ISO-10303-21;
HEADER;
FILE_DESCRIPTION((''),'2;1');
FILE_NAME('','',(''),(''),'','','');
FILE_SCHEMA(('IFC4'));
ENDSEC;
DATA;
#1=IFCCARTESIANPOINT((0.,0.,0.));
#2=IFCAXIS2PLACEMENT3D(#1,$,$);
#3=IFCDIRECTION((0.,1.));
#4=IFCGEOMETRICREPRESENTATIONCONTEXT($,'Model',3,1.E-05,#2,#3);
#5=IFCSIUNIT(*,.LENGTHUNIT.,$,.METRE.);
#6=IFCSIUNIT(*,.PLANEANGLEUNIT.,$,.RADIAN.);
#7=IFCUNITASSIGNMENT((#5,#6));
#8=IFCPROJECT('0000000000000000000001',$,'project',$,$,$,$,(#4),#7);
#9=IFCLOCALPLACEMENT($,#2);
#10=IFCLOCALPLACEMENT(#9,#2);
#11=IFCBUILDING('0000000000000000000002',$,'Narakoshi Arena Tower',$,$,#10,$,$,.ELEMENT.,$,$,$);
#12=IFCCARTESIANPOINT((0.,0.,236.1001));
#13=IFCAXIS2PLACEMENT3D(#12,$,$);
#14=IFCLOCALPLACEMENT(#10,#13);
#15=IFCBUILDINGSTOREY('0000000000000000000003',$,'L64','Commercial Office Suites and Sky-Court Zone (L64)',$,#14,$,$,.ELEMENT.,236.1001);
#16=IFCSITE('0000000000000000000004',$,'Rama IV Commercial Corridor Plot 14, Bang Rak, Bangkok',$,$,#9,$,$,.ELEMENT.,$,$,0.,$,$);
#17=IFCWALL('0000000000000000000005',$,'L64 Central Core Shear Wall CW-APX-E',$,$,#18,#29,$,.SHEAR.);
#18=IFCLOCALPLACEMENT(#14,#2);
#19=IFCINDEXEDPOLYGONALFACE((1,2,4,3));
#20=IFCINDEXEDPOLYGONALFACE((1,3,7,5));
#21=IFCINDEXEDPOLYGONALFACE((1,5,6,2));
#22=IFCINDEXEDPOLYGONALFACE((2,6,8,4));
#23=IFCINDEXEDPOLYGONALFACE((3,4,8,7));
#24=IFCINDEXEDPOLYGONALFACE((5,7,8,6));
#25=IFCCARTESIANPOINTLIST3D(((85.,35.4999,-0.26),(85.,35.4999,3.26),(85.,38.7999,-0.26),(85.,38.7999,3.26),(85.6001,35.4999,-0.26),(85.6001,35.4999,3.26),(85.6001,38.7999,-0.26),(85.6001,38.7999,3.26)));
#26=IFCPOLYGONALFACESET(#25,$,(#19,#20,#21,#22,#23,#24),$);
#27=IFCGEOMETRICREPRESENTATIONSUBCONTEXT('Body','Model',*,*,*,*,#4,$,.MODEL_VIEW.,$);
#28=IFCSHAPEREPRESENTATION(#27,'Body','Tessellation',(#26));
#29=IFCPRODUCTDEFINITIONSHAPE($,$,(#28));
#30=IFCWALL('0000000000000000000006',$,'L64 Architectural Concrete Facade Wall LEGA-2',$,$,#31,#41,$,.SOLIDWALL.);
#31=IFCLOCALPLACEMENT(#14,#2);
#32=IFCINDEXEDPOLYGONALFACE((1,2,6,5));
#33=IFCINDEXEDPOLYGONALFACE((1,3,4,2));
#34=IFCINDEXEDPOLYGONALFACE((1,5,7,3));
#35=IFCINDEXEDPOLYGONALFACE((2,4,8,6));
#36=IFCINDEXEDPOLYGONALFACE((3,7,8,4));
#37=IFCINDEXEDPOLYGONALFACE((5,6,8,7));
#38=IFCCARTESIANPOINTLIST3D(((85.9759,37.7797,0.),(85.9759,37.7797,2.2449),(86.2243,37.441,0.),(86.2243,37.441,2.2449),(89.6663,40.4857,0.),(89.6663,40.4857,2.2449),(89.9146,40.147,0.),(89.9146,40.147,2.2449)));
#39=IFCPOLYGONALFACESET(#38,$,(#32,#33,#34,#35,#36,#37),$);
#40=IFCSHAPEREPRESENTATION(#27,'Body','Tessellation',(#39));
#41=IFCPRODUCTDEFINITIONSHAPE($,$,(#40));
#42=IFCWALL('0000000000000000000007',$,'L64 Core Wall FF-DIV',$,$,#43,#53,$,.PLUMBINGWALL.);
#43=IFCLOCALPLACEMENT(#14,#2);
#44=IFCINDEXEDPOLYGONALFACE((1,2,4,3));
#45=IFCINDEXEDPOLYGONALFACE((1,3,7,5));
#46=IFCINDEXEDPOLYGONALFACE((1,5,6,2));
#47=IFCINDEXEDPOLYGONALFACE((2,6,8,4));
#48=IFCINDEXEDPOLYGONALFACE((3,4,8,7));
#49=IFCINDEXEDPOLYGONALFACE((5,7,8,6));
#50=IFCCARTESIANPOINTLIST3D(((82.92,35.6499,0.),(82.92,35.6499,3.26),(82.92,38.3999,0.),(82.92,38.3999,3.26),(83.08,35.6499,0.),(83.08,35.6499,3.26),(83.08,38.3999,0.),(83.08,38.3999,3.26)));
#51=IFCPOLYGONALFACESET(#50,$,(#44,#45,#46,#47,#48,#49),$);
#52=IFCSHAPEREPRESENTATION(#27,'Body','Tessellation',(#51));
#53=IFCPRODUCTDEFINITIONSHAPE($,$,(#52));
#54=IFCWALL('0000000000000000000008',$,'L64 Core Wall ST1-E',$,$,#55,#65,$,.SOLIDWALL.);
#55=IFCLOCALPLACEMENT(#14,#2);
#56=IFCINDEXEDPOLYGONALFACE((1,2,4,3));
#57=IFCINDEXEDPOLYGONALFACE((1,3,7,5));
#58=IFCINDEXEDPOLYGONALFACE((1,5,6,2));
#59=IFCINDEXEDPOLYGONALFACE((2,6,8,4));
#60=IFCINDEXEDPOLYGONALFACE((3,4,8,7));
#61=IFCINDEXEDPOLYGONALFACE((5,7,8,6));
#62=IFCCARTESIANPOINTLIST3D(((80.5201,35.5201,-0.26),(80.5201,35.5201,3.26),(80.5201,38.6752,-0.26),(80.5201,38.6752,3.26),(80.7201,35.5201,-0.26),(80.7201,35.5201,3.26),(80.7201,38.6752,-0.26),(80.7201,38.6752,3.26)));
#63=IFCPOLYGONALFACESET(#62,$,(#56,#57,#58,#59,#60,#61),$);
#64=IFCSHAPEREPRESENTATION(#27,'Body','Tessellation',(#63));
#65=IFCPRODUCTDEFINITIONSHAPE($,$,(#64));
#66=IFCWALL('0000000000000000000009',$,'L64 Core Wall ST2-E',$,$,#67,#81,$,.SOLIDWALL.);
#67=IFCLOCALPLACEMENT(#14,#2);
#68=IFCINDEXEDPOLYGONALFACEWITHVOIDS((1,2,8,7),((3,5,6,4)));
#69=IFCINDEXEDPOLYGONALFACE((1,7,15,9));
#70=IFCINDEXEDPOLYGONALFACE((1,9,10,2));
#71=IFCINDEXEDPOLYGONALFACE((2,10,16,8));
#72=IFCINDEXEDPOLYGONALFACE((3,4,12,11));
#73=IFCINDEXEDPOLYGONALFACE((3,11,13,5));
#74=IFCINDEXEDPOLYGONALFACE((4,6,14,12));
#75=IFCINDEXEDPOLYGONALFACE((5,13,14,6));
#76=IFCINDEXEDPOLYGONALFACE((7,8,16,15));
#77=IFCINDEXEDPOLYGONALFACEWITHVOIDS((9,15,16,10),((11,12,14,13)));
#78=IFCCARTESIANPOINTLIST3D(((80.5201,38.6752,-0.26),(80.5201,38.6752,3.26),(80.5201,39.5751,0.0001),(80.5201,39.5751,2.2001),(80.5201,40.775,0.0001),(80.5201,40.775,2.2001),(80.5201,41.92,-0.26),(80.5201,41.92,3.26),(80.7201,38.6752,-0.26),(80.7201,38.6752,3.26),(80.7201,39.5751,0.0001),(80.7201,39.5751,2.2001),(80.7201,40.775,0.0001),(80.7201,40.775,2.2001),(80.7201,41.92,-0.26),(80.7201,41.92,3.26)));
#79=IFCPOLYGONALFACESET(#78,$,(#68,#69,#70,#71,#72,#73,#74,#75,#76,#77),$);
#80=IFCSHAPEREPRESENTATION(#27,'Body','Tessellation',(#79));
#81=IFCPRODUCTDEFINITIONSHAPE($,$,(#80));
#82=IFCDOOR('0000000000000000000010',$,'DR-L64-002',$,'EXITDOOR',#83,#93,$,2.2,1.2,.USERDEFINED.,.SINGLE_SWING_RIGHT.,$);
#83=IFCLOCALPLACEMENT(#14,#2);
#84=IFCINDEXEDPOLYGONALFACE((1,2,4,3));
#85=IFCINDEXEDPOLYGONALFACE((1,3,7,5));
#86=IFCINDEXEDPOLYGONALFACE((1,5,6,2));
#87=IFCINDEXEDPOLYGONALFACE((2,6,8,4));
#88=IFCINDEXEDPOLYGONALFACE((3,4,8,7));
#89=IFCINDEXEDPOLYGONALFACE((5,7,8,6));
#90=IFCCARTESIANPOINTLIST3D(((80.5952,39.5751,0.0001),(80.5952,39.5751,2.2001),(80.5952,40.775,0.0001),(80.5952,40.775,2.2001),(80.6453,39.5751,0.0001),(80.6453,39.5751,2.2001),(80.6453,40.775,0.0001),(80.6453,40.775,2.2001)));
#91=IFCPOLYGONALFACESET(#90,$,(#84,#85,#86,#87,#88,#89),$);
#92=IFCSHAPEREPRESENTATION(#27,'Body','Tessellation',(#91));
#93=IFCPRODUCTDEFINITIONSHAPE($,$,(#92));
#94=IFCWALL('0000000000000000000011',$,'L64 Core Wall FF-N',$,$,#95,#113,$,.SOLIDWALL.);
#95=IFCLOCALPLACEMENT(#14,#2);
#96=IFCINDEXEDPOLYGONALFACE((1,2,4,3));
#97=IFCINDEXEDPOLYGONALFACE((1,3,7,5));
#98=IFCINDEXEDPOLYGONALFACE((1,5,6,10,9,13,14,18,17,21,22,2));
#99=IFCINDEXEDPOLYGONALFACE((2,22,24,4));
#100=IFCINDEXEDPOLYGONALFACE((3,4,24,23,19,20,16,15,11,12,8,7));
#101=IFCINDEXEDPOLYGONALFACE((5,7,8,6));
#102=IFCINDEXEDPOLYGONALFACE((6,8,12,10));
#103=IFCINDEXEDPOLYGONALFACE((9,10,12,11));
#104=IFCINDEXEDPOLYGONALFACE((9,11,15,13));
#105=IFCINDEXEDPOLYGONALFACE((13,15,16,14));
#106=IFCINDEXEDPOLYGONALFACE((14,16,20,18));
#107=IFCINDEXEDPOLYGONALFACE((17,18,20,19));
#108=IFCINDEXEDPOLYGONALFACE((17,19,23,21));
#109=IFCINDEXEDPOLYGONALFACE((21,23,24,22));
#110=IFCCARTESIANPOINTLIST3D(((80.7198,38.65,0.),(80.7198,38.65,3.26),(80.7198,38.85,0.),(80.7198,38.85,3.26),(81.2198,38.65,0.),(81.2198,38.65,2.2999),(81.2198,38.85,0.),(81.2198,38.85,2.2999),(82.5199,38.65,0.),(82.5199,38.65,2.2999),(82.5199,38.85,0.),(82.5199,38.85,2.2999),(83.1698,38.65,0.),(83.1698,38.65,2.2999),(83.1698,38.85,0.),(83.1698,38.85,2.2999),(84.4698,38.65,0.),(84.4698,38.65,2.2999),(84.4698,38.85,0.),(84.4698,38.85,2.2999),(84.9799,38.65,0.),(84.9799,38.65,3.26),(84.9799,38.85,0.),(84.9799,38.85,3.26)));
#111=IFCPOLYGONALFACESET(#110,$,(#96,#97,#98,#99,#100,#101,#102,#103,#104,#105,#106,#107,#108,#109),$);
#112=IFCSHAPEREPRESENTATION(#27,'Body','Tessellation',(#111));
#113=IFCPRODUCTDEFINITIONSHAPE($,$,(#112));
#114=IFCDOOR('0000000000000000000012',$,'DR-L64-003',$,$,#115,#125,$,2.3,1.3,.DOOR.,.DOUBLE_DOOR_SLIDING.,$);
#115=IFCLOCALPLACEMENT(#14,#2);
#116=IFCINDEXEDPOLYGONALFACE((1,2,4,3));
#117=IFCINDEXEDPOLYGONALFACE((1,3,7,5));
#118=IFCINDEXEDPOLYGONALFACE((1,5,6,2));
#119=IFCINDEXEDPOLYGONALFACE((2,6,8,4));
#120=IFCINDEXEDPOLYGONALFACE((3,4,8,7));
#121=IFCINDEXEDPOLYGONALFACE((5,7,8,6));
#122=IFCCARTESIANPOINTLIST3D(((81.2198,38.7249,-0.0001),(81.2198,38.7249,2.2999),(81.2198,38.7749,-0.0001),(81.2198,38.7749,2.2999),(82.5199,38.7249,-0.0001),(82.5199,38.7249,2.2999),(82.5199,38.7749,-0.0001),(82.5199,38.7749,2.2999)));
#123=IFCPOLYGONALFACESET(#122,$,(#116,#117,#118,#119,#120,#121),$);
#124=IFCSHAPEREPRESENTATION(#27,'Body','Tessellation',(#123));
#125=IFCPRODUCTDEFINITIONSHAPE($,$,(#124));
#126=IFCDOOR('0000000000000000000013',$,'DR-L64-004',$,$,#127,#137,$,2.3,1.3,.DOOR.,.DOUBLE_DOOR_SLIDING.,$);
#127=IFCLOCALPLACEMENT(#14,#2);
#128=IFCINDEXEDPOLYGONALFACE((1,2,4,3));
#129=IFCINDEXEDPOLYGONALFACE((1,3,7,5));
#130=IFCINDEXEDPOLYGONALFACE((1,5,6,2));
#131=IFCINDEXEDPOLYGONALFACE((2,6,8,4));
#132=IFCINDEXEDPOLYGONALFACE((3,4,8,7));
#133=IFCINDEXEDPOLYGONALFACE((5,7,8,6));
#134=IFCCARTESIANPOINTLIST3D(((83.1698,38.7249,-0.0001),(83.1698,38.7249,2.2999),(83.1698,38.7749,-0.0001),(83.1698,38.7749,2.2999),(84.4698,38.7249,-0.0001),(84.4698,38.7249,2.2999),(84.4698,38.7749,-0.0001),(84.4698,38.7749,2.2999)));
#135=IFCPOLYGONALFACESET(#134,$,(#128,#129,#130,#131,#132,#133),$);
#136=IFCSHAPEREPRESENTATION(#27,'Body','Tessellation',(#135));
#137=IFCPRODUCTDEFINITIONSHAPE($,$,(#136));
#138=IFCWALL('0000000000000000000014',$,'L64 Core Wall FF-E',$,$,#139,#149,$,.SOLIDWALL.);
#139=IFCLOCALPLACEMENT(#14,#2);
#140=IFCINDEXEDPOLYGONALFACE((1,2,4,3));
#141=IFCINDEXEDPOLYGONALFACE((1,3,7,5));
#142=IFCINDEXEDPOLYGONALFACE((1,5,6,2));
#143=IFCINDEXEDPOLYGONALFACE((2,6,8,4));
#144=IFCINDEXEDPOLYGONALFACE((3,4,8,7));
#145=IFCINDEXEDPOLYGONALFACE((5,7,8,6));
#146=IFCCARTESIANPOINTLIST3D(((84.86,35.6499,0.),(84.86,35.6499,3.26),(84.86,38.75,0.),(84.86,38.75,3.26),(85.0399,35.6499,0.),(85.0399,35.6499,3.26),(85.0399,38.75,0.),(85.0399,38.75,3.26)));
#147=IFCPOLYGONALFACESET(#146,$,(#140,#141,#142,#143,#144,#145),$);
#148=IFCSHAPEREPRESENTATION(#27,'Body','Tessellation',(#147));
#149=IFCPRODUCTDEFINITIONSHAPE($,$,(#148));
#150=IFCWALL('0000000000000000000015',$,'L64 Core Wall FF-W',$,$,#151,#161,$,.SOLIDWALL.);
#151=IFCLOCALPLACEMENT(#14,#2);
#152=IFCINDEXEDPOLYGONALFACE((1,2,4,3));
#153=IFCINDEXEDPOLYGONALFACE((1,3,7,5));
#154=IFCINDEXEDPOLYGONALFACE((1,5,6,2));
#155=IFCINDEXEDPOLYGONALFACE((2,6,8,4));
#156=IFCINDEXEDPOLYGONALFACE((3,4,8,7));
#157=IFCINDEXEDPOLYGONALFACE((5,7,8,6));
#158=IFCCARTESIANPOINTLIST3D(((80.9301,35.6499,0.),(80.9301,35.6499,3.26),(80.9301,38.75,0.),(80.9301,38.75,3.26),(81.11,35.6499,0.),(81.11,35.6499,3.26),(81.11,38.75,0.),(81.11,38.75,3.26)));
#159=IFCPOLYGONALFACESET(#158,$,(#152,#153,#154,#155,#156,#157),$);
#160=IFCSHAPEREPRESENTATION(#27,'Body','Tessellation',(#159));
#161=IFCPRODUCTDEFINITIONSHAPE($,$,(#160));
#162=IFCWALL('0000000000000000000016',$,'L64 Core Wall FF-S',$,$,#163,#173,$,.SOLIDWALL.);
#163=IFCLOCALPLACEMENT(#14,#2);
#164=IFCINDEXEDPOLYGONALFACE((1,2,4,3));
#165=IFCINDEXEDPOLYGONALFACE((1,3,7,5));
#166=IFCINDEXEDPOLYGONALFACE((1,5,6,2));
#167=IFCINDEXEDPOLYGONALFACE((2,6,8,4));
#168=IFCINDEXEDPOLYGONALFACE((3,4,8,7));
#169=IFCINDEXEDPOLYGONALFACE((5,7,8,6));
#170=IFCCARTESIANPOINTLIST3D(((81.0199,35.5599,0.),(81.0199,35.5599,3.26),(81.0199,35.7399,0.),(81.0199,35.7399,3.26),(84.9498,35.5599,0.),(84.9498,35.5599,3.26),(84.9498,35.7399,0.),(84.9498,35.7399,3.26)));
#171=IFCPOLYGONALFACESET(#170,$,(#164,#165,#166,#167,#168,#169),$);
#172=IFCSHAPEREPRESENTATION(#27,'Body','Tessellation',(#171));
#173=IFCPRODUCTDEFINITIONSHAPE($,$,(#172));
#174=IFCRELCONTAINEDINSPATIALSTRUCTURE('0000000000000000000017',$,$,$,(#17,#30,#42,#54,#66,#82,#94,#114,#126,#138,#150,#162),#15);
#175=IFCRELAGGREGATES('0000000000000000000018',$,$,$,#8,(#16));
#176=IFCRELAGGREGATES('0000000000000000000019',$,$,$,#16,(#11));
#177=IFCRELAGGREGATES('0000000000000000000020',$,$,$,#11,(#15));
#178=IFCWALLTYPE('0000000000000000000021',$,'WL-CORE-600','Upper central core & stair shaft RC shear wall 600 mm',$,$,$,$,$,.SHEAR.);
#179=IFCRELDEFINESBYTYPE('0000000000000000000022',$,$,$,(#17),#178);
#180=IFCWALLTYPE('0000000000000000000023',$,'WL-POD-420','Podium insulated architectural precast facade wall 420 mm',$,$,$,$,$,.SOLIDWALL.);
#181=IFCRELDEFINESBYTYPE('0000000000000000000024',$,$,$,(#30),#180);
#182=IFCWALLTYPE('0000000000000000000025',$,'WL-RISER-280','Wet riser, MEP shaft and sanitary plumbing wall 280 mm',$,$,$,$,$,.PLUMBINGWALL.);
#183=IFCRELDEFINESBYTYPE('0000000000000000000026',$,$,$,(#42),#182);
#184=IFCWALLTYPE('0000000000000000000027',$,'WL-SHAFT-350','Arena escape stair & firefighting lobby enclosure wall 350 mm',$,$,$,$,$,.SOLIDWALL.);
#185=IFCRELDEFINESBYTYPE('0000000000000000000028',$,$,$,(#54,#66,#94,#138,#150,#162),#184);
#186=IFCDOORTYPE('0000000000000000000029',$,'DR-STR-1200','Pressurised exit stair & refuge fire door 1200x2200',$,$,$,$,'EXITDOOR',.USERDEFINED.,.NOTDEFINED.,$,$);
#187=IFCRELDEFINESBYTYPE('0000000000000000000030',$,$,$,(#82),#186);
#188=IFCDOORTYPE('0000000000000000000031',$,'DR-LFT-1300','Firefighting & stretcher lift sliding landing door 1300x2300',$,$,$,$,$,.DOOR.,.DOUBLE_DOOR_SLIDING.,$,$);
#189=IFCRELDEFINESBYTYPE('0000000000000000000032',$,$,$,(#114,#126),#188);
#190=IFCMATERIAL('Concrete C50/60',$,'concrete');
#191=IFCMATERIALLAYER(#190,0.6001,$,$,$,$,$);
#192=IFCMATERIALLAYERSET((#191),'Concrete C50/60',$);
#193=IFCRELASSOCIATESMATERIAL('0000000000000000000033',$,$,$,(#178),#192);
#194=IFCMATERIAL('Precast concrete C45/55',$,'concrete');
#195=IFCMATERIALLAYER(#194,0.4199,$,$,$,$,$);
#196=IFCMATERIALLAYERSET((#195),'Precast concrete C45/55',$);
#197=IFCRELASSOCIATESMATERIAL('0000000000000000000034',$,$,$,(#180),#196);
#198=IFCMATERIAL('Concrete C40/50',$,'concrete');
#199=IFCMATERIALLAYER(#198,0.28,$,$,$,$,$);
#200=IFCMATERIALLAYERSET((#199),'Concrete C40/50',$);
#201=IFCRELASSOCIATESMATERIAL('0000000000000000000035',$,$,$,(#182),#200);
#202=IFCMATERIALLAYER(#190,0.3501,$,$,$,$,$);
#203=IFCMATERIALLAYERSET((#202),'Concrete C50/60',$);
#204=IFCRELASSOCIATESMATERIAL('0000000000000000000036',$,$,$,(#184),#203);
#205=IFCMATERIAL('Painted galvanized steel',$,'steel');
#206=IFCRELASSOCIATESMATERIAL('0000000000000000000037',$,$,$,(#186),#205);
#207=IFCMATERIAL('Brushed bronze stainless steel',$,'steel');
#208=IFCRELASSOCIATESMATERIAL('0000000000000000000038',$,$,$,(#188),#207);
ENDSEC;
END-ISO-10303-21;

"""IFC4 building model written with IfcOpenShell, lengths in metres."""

from ifc_helpers import new_model, si_unit, direction, frame, frame_2d, origin, place, context, subcontext, project, spatial, rectangle, extrude, material, layer, layer_set, type_object, element, fill, save


model = new_model("IFC4")

# Units and contexts
model_context = context("Model", 3, precision=1e-05, world=origin(), true_north=direction((0.0, 1.0)))
body_context = subcontext(model_context, "Body", "Model", "MODEL_VIEW")
ifc_project = project(units=[si_unit("LENGTHUNIT", "METRE"), si_unit("PLANEANGLEUNIT", "RADIAN")], contexts=[model_context])

# Site, building, storey
site_placement = place(None, origin())
site = spatial("IfcSite", under=ifc_project, at=site_placement, Name="Rama IV Commercial Corridor Plot 14, Bang Rak, Bangkok", CompositionType="ELEMENT", RefElevation=0.0)
building_placement = place(site_placement, origin())
building = spatial("IfcBuilding", under=site, at=building_placement, Name="Narakoshi Arena Tower", CompositionType="ELEMENT")
storey_placement = place(building_placement, frame((0.0, 0.0, 236.1001)))
storey = spatial("IfcBuildingStorey", under=building, at=storey_placement, Name="L64", Description="Commercial Office Suites and Sky-Court Zone (L64)", CompositionType="ELEMENT", Elevation=236.1001)

# Walls
ifc_material_1 = material(Name="Concrete C50/60", Category="concrete")
ifc_layer_1 = layer(ifc_material_1, 0.6001)
ifc_layer_set_1 = layer_set([ifc_layer_1], Name="Concrete C50/60")
wall_type_1 = type_object("IfcWallType", Name="WL-CORE-600", Description="Upper central core & stair shaft RC shear wall 600 mm", PredefinedType="SHEAR", material=ifc_layer_set_1)
wall_1_placement = place(storey_placement, frame((85.3, 35.5, -0.26), z_axis=(0.0, 0.0, 1.0), x_axis=(0.0, 1.0, 0.0)))
element("IfcWall", 1, at=wall_1_placement, inside=storey, type_object=wall_type_1, Name="L64 Central Core Shear Wall CW-APX-E", PredefinedType="SHEAR", context=body_context, shape_type="SweptSolid", body=[
    extrude(rectangle(XDim=3.3, YDim=0.6001, at=frame_2d((1.6499, 0.0))), origin(), (0.0, 0.0, 1.0), 3.52),
])
ifc_material_2 = material(Name="Precast concrete C45/55", Category="concrete")
ifc_layer_2 = layer(ifc_material_2, 0.4199)
ifc_layer_set_2 = layer_set([ifc_layer_2], Name="Precast concrete C45/55")
wall_type_2 = type_object("IfcWallType", Name="WL-POD-420", Description="Podium insulated architectural precast facade wall 420 mm", PredefinedType="SOLIDWALL", material=ifc_layer_set_2)
wall_2_placement = place(storey_placement, frame((86.1001, 37.6104, 0.0), z_axis=(0.0, 0.0, 1.0), x_axis=(0.806432, 0.591327, 0.0)))
element("IfcWall", 2, at=wall_2_placement, inside=storey, type_object=wall_type_2, Name="L64 Architectural Concrete Facade Wall LEGA-2", PredefinedType="SOLIDWALL", context=body_context, shape_type="SweptSolid", body=[
    extrude(rectangle(XDim=4.5762, YDim=0.4199, at=frame_2d((2.2881, 0.0))), origin(), (0.0, 0.0, 1.0), 2.2449),
])
ifc_material_3 = material(Name="Concrete C40/50", Category="concrete")
ifc_layer_3 = layer(ifc_material_3, 0.28)
ifc_layer_set_3 = layer_set([ifc_layer_3], Name="Concrete C40/50")
wall_type_3 = type_object("IfcWallType", Name="WL-RISER-280", Description="Wet riser, MEP shaft and sanitary plumbing wall 280 mm", PredefinedType="PLUMBINGWALL", material=ifc_layer_set_3)
wall_3_placement = place(storey_placement, frame((83.0, 35.6499, 0.0), z_axis=(0.0, 0.0, 1.0), x_axis=(0.0, 1.0, 0.0)))
element("IfcWall", 3, at=wall_3_placement, inside=storey, type_object=wall_type_3, Name="L64 Core Wall FF-DIV", PredefinedType="PLUMBINGWALL", context=body_context, shape_type="SweptSolid", body=[
    extrude(rectangle(XDim=2.75, YDim=0.1599, at=frame_2d((1.375, 0.0))), origin(), (0.0, 0.0, 1.0), 3.26),
])
ifc_layer_4 = layer(ifc_material_1, 0.3501)
ifc_layer_set_4 = layer_set([ifc_layer_4], Name="Concrete C50/60")
wall_type_4 = type_object("IfcWallType", Name="WL-SHAFT-350", Description="Arena escape stair & firefighting lobby enclosure wall 350 mm", PredefinedType="SOLIDWALL", material=ifc_layer_set_4)
wall_4_placement = place(storey_placement, frame((80.6201, 35.52, -0.26), z_axis=(0.0, 0.0, 1.0), x_axis=(0.0, 1.0, 0.0)))
element("IfcWall", 4, at=wall_4_placement, inside=storey, type_object=wall_type_4, Name="L64 Core Wall ST1-E", PredefinedType="SOLIDWALL", context=body_context, shape_type="SweptSolid", body=[
    extrude(rectangle(XDim=3.155, YDim=0.2, at=frame_2d((1.5776, 0.0))), origin(), (0.0, 0.0, 1.0), 3.52),
])

# Wall, opening, door
wall_5_placement = place(storey_placement, frame((80.6201, 38.675, -0.26), z_axis=(0.0, 0.0, 1.0), x_axis=(0.0, 1.0, 0.0)))
wall_5 = element("IfcWall", 5, at=wall_5_placement, inside=storey, type_object=wall_type_4, Name="L64 Core Wall ST2-E", PredefinedType="SOLIDWALL", context=body_context, shape_type="SweptSolid", body=[
    extrude(rectangle(XDim=3.2449, YDim=0.2, at=frame_2d((1.6226, 0.0))), origin(), (0.0, 0.0, 1.0), 3.52),
])
opening_1_placement = place(wall_5_placement, frame((0.8999, 0.0, 0.26)))
opening_1 = element("IfcOpeningElement", 6, at=opening_1_placement, cuts=wall_5, PredefinedType="OPENING", context=body_context, shape_type="SweptSolid", body=[
    extrude(rectangle(XDim=1.2, YDim=2.2, at=frame_2d((0.6001, 1.1001))), frame((0.0, 0.1099, 0.0), z_axis=(0.0, -1.0, 0.0), x_axis=(1.0, 0.0, 0.0)), (0.0, 0.0, 1.0), 0.22),
])
ifc_material_4 = material(Name="Painted galvanized steel", Category="steel")
door_type_1 = type_object("IfcDoorType", Name="DR-STR-1200", Description="Pressurised exit stair & refuge fire door 1200x2200", ElementType="EXITDOOR", OperationType="NOTDEFINED", PredefinedType="USERDEFINED", material=ifc_material_4)
door_1_placement = place(opening_1_placement, origin())
door_1 = element("IfcDoor", 7, at=door_1_placement, inside=storey, type_object=door_type_1, Name="DR-L64-002", ObjectType="EXITDOOR", OperationType="SINGLE_SWING_RIGHT", OverallHeight=2.2, OverallWidth=1.2, PredefinedType="USERDEFINED", context=body_context, shape_type="SweptSolid", body=[
    extrude(rectangle(XDim=1.2, YDim=2.2, at=frame_2d((0.6001, 1.1001))), frame((0.0, 0.0249, 0.0), z_axis=(0.0, -1.0, 0.0), x_axis=(1.0, 0.0, 0.0)), (0.0, 0.0, 1.0), 0.05),
])
fill(opening_1, door_1)

# Wall, openings, doors
wall_6_placement = place(storey_placement, frame((80.72, 38.75, 0.0), z_axis=(0.0, 0.0, 1.0), x_axis=(1.0, 0.0, 0.0)))
wall_6 = element("IfcWall", 8, at=wall_6_placement, inside=storey, type_object=wall_type_4, Name="L64 Core Wall FF-N", PredefinedType="SOLIDWALL", context=body_context, shape_type="SweptSolid", body=[
    extrude(rectangle(XDim=4.26, YDim=0.2, at=frame_2d((2.1299, 0.0))), origin(), (0.0, 0.0, 1.0), 3.26),
])
opening_2_placement = place(wall_6_placement, frame((0.5, 0.0, 0.0)))
opening_2 = element("IfcOpeningElement", 9, at=opening_2_placement, cuts=wall_6, PredefinedType="OPENING", context=body_context, shape_type="SweptSolid", body=[
    extrude(rectangle(XDim=1.3, YDim=2.3, at=frame_2d((0.6499, 1.1499))), frame((0.0, 0.1099, 0.0), z_axis=(0.0, -1.0, 0.0), x_axis=(1.0, 0.0, 0.0)), (0.0, 0.0, 1.0), 0.22),
])
opening_3_placement = place(wall_6_placement, frame((2.45, 0.0, 0.0)))
opening_3 = element("IfcOpeningElement", 10, at=opening_3_placement, cuts=wall_6, PredefinedType="OPENING", context=body_context, shape_type="SweptSolid", body=[
    extrude(rectangle(XDim=1.3, YDim=2.3, at=frame_2d((0.6499, 1.1499))), frame((0.0, 0.1099, 0.0), z_axis=(0.0, -1.0, 0.0), x_axis=(1.0, 0.0, 0.0)), (0.0, 0.0, 1.0), 0.22),
])
ifc_material_5 = material(Name="Brushed bronze stainless steel", Category="steel")
door_type_2 = type_object("IfcDoorType", Name="DR-LFT-1300", Description="Firefighting & stretcher lift sliding landing door 1300x2300", OperationType="DOUBLE_DOOR_SLIDING", PredefinedType="DOOR", material=ifc_material_5)
door_2_placement = place(opening_2_placement, origin())
door_2 = element("IfcDoor", 11, at=door_2_placement, inside=storey, type_object=door_type_2, Name="DR-L64-003", OperationType="DOUBLE_DOOR_SLIDING", OverallHeight=2.3, OverallWidth=1.3, PredefinedType="DOOR", context=body_context, shape_type="SweptSolid", body=[
    extrude(rectangle(XDim=1.3, YDim=2.3, at=frame_2d((0.6499, 1.1499))), frame((0.0, 0.0249, 0.0), z_axis=(0.0, -1.0, 0.0), x_axis=(1.0, 0.0, 0.0)), (0.0, 0.0, 1.0), 0.05),
])
fill(opening_2, door_2)
door_3_placement = place(opening_3_placement, origin())
door_3 = element("IfcDoor", 12, at=door_3_placement, inside=storey, type_object=door_type_2, Name="DR-L64-004", OperationType="DOUBLE_DOOR_SLIDING", OverallHeight=2.3, OverallWidth=1.3, PredefinedType="DOOR", context=body_context, shape_type="SweptSolid", body=[
    extrude(rectangle(XDim=1.3, YDim=2.3, at=frame_2d((0.6499, 1.1499))), frame((0.0, 0.0249, 0.0), z_axis=(0.0, -1.0, 0.0), x_axis=(1.0, 0.0, 0.0)), (0.0, 0.0, 1.0), 0.05),
])
fill(opening_3, door_3)

# Walls
for number, where, z_axis, x_axis, name in (
    (13, (84.95, 35.6499, 0.0), (0.0, 0.0, 1.0), (0.0, 1.0, 0.0), "L64 Core Wall FF-E"),
    (14, (81.02, 35.6499, 0.0), (0.0, 0.0, 1.0), (0.0, 1.0, 0.0), "L64 Core Wall FF-W"),
):
    element("IfcWall", number, at=place(storey_placement, frame(where, z_axis=z_axis, x_axis=x_axis)), inside=storey, type_object=wall_type_4, Name=name, PredefinedType="SOLIDWALL", context=body_context, shape_type="SweptSolid", body=[
        extrude(rectangle(XDim=3.1001, YDim=0.1799, at=frame_2d((1.55, 0.0))), origin(), (0.0, 0.0, 1.0), 3.26),
    ])
wall_7_placement = place(storey_placement, frame((81.02, 35.6499, 0.0), z_axis=(0.0, 0.0, 1.0), x_axis=(1.0, 0.0, 0.0)))
element("IfcWall", 15, at=wall_7_placement, inside=storey, type_object=wall_type_4, Name="L64 Core Wall FF-S", PredefinedType="SOLIDWALL", context=body_context, shape_type="SweptSolid", body=[
    extrude(rectangle(XDim=3.9299, YDim=0.1799, at=frame_2d((1.9648, 0.0))), origin(), (0.0, 0.0, 1.0), 3.26),
])

save(model, "model.ifc")
